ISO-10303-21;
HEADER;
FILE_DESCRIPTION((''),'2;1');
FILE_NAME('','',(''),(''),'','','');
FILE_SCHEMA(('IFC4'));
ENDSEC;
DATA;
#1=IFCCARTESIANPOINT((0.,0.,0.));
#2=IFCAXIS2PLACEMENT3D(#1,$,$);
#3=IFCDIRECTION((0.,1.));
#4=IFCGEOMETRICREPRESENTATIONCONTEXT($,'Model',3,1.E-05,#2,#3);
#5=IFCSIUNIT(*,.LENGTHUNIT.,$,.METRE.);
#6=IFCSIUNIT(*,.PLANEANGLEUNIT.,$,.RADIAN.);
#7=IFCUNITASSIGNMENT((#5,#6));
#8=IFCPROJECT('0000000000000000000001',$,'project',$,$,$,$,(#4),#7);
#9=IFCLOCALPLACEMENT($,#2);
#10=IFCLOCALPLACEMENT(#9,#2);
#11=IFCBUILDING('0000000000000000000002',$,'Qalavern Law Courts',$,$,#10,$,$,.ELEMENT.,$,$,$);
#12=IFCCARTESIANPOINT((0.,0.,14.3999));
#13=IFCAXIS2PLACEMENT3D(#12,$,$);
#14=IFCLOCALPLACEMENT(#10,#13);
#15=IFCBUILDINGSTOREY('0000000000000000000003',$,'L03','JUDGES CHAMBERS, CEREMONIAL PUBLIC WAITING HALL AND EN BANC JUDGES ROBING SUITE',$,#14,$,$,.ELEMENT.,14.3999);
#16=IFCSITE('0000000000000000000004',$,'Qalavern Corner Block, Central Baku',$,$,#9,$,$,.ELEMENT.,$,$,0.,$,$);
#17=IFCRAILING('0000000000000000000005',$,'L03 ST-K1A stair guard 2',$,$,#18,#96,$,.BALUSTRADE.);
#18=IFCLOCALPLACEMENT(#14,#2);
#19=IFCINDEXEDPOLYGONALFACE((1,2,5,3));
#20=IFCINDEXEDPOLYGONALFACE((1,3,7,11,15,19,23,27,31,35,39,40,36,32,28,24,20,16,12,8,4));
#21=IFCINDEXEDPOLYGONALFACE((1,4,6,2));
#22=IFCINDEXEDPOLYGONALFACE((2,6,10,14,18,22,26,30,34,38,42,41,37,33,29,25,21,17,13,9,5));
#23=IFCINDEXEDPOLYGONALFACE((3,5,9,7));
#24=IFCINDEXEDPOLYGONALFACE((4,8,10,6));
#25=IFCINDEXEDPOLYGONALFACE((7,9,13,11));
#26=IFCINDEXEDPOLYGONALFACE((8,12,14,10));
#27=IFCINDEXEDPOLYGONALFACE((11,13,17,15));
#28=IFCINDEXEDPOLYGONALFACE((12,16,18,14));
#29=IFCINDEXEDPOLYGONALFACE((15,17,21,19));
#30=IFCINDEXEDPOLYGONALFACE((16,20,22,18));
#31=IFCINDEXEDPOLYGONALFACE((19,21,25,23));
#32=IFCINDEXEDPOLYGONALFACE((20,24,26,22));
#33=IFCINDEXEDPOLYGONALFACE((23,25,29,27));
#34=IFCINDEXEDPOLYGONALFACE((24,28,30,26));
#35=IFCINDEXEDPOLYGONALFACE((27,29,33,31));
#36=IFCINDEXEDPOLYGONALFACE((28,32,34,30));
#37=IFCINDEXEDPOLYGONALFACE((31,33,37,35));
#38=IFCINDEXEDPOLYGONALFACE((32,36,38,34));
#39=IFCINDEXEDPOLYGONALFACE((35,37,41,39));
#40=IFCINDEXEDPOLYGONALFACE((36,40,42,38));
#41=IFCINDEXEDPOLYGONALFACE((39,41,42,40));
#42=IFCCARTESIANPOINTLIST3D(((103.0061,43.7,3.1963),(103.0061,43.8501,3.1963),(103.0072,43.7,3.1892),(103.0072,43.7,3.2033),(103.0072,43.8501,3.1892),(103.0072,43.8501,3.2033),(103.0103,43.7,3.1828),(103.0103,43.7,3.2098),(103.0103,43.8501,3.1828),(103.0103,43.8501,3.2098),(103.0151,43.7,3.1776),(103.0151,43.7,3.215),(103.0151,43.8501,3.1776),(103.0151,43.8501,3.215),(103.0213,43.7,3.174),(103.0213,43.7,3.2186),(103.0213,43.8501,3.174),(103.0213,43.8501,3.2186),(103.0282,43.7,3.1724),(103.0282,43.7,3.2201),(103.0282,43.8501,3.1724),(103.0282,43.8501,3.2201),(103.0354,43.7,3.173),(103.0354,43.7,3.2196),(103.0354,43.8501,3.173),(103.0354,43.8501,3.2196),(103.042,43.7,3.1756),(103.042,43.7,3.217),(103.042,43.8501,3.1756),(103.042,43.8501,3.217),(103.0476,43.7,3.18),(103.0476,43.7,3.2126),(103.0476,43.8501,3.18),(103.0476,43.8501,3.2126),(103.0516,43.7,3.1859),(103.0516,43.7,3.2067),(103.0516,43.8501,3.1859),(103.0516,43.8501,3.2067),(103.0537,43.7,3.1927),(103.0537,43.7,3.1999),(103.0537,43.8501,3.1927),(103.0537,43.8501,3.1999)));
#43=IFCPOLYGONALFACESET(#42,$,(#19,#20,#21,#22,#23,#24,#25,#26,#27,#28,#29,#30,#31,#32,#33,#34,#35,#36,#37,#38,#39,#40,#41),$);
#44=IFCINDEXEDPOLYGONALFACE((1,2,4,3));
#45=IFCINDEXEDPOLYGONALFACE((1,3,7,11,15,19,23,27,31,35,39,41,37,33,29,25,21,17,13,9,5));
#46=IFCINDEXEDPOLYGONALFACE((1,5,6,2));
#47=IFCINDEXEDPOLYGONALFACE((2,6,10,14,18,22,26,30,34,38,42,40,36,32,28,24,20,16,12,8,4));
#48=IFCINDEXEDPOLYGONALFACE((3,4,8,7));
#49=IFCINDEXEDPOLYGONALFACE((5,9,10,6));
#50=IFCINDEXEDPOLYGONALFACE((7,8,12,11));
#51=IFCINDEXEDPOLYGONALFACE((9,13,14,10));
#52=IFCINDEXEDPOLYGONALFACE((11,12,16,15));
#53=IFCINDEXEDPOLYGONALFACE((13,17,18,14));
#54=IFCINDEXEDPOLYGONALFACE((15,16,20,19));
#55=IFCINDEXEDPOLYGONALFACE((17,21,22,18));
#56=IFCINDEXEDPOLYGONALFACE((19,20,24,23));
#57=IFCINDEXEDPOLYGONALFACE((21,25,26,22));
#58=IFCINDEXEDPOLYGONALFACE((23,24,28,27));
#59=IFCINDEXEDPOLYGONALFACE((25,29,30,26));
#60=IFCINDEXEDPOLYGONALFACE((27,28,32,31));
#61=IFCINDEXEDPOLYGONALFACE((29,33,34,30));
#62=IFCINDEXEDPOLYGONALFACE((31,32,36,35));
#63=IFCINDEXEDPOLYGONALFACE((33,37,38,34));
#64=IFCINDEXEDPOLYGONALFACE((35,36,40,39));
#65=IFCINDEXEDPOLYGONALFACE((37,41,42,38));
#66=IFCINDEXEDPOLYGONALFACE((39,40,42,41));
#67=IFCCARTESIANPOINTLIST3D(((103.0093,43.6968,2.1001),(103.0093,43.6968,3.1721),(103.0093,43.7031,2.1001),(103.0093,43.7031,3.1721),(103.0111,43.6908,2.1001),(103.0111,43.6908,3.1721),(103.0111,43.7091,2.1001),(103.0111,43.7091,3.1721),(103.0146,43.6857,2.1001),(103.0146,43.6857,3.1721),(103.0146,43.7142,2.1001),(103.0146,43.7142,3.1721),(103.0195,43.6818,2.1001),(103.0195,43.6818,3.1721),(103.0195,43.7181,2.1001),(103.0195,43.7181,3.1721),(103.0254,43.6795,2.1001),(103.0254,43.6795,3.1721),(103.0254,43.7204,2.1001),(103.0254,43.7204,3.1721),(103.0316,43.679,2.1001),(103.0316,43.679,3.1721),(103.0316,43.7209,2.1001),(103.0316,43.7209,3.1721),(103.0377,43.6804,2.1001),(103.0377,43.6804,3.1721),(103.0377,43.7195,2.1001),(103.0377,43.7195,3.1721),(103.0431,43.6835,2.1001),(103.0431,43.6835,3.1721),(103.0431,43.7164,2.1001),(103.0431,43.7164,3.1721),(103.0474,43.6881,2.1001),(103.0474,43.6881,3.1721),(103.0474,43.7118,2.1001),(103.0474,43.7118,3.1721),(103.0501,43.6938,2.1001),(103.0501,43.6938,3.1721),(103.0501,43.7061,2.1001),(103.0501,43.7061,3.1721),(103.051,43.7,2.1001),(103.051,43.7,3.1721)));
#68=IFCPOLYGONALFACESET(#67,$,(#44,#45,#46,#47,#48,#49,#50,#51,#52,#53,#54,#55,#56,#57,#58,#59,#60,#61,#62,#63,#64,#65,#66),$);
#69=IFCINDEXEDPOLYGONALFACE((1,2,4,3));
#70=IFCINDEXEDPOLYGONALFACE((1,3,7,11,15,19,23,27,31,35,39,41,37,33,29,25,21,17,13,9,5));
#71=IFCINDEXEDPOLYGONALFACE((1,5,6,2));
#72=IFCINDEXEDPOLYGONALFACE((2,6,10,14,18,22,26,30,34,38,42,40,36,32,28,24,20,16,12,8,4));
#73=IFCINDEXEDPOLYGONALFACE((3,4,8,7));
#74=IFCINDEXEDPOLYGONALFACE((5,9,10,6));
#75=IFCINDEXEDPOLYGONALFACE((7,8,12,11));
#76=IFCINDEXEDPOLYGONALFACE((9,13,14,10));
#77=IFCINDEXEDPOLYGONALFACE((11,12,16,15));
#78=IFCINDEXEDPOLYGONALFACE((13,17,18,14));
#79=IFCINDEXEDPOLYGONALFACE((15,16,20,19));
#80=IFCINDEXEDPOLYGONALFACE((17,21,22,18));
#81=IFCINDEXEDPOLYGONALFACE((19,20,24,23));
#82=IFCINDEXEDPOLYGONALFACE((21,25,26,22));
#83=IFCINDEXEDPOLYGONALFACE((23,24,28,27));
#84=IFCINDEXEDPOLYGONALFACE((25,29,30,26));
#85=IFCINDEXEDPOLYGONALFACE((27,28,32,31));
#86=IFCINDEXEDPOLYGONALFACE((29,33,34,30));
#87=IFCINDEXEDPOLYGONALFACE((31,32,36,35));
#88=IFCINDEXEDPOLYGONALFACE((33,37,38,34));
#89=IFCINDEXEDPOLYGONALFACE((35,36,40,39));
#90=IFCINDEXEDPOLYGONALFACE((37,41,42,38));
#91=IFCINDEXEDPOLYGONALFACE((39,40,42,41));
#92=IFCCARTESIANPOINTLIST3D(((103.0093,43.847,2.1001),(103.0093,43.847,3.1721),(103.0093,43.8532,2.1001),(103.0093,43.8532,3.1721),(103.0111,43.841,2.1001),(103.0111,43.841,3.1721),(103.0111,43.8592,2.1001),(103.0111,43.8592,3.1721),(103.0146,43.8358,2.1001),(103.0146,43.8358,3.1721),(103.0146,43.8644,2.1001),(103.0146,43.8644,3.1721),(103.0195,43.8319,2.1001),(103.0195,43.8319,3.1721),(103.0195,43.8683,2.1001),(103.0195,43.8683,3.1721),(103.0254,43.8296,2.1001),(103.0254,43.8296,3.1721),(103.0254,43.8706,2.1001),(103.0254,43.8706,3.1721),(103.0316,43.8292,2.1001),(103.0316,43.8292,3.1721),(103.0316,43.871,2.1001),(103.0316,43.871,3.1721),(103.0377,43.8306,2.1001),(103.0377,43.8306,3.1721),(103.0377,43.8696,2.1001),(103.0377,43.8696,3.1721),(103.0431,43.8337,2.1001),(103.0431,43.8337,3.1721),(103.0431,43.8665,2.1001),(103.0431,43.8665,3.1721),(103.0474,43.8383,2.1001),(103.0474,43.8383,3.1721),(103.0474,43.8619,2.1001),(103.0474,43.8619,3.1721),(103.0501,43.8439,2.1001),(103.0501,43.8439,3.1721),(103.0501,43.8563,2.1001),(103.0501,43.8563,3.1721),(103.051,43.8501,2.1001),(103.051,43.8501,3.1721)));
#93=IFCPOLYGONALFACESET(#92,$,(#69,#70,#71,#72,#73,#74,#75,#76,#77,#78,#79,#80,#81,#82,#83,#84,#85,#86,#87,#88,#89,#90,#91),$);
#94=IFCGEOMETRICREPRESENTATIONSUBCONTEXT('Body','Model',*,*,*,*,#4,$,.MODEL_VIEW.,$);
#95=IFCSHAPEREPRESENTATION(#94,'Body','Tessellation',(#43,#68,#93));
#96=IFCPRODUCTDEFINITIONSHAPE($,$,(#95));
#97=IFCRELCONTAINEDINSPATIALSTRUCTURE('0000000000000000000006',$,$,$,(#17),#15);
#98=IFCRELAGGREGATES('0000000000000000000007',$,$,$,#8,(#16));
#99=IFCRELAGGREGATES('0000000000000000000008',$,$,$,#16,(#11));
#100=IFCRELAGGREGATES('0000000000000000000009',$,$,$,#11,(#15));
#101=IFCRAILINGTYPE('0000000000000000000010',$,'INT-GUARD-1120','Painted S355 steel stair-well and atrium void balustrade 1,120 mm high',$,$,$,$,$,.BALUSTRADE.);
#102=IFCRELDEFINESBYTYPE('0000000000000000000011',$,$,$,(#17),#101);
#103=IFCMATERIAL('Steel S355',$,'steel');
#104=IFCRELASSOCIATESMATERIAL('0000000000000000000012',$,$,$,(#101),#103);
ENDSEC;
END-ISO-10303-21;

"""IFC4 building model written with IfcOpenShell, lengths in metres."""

from ifc_helpers import new_model, si_unit, direction, frame, origin, origin_2d, place, context, subcontext, project, spatial, circle, extrude, material, type_object, element, save


model = new_model("IFC4")

# Units and contexts
model_context = context("Model", 3, precision=1e-05, world=origin(), true_north=direction((0.0, 1.0)))
body_context = subcontext(model_context, "Body", "Model", "MODEL_VIEW")
ifc_project = project(units=[si_unit("LENGTHUNIT", "METRE"), si_unit("PLANEANGLEUNIT", "RADIAN")], contexts=[model_context])

# Site, building, storey
site_placement = place(None, origin())
site = spatial("IfcSite", under=ifc_project, at=site_placement, Name="Qalavern Corner Block, Central Baku", CompositionType="ELEMENT", RefElevation=0.0)
building_placement = place(site_placement, origin())
building = spatial("IfcBuilding", under=site, at=building_placement, Name="Qalavern Law Courts", CompositionType="ELEMENT")
storey_placement = place(building_placement, frame((0.0, 0.0, 14.3999)))
storey = spatial("IfcBuildingStorey", under=building, at=storey_placement, Name="L03", Description="JUDGES CHAMBERS, CEREMONIAL PUBLIC WAITING HALL AND EN BANC JUDGES ROBING SUITE", CompositionType="ELEMENT", Elevation=14.3999)

# Shared definitions
ifc_material_1 = material(Name="Steel S355", Category="steel")

# Railing
railing_type_1 = type_object("IfcRailingType", Name="INT-GUARD-1120", Description="Painted S355 steel stair-well and atrium void balustrade 1,120 mm high", PredefinedType="BALUSTRADE", material=ifc_material_1)
railing_1_placement = place(storey_placement, frame((103.03, 43.7, 2.1001)))
element("IfcRailing", 1, at=railing_1_placement, inside=storey, type_object=railing_type_1, Name="L03 ST-K1A stair guard 2", PredefinedType="BALUSTRADE", context=body_context, shape_type="SweptSolid", body=[
    extrude(circle(Radius=0.0239, at=origin_2d()), frame((0.0, 0.0, 1.0962), z_axis=(0.0, 1.0, 0.0), x_axis=(-1.0, 0.0, 0.0)), (0.0, 0.0, 1.0), 0.1501),
    extrude(circle(Radius=0.021, at=origin_2d()), origin(), (0.0, 0.0, 1.0), 1.072),
    extrude(circle(Radius=0.021, at=origin_2d()), frame((0.0, 0.1501, 0.0)), (0.0, 0.0, 1.0), 1.072),
])

save(model, "model.ifc")
